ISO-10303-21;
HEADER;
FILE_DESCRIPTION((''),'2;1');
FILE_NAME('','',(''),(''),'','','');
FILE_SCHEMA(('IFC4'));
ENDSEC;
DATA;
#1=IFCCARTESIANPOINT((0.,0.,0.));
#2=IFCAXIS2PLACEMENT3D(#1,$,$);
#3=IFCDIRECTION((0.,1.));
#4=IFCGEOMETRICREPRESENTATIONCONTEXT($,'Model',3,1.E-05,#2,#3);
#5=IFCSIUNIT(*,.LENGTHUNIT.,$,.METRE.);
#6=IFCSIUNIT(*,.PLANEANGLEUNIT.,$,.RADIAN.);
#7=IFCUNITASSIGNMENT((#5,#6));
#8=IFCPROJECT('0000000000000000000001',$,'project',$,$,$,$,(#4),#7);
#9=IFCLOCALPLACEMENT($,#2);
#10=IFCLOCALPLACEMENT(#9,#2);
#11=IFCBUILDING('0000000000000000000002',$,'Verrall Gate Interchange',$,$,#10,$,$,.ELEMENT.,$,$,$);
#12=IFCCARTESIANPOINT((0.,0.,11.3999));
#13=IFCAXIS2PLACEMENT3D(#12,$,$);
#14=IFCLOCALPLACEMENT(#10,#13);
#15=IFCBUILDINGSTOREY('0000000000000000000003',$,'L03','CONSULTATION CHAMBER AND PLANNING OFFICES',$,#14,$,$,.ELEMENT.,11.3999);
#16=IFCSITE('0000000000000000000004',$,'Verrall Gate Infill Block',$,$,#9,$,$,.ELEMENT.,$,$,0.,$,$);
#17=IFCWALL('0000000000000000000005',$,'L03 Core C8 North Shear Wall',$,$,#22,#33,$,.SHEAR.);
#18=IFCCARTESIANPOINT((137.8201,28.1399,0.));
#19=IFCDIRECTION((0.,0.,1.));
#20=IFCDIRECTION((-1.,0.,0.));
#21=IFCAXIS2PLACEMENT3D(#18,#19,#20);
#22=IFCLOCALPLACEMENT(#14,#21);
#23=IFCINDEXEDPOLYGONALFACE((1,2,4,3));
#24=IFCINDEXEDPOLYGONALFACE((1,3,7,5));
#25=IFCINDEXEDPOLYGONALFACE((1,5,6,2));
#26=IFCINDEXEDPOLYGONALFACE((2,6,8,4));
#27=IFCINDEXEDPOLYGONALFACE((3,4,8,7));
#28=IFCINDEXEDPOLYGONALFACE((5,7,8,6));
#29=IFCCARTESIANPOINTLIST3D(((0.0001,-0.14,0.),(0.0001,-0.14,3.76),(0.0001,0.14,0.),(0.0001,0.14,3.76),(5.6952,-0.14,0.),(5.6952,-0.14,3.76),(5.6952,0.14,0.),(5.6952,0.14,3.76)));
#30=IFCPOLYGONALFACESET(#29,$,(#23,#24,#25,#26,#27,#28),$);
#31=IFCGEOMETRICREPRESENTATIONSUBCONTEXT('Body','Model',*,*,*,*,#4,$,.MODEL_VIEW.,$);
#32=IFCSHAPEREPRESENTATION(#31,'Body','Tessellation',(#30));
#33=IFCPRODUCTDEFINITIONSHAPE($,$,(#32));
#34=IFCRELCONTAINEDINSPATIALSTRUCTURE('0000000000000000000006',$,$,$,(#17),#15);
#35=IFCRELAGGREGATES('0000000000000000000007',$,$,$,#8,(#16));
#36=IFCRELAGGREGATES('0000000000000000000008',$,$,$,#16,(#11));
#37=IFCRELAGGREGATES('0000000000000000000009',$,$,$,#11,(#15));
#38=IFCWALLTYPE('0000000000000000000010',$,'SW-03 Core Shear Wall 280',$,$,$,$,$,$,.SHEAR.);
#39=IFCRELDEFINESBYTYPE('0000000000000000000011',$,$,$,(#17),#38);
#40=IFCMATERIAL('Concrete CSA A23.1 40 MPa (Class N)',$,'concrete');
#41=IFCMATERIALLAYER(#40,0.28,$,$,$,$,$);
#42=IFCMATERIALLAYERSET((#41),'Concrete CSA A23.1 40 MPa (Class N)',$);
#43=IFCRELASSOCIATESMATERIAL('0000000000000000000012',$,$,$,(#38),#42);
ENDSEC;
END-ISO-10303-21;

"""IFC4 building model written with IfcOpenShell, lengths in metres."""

from ifc_helpers import new_model, si_unit, direction, frame, frame_2d, origin, place, context, subcontext, project, spatial, rectangle, extrude, material, layer, layer_set, type_object, element, save


model = new_model("IFC4")

# Units and contexts
model_context = context("Model", 3, precision=1e-05, world=origin(), true_north=direction((0.0, 1.0)))
body_context = subcontext(model_context, "Body", "Model", "MODEL_VIEW")
ifc_project = project(units=[si_unit("LENGTHUNIT", "METRE"), si_unit("PLANEANGLEUNIT", "RADIAN")], contexts=[model_context])

# Site, building, storey
site_placement = place(None, origin())
site = spatial("IfcSite", under=ifc_project, at=site_placement, Name="Verrall Gate Infill Block", CompositionType="ELEMENT", RefElevation=0.0)
building_placement = place(site_placement, origin())
building = spatial("IfcBuilding", under=site, at=building_placement, Name="Verrall Gate Interchange", CompositionType="ELEMENT")
storey_placement = place(building_placement, frame((0.0, 0.0, 11.3999)))
storey = spatial("IfcBuildingStorey", under=building, at=storey_placement, Name="L03", Description="CONSULTATION CHAMBER AND PLANNING OFFICES", CompositionType="ELEMENT", Elevation=11.3999)

# Wall
ifc_material_1 = material(Name="Concrete CSA A23.1 40 MPa (Class N)", Category="concrete")
ifc_layer_1 = layer(ifc_material_1, 0.28)
ifc_layer_set_1 = layer_set([ifc_layer_1], Name="Concrete CSA A23.1 40 MPa (Class N)")
wall_type_1 = type_object("IfcWallType", Name="SW-03 Core Shear Wall 280", PredefinedType="SHEAR", material=ifc_layer_set_1)
wall_1_placement = place(storey_placement, frame((137.8201, 28.1399, 0.0), z_axis=(0.0, 0.0, 1.0), x_axis=(-1.0, 0.0, 0.0)))
element("IfcWall", 1, at=wall_1_placement, inside=storey, type_object=wall_type_1, Name="L03 Core C8 North Shear Wall", PredefinedType="SHEAR", context=body_context, shape_type="SweptSolid", body=[
    extrude(rectangle(XDim=5.6951, YDim=0.28, at=frame_2d((2.8477, 0.0))), origin(), (0.0, 0.0, 1.0), 3.76),
])

save(model, "model.ifc")
